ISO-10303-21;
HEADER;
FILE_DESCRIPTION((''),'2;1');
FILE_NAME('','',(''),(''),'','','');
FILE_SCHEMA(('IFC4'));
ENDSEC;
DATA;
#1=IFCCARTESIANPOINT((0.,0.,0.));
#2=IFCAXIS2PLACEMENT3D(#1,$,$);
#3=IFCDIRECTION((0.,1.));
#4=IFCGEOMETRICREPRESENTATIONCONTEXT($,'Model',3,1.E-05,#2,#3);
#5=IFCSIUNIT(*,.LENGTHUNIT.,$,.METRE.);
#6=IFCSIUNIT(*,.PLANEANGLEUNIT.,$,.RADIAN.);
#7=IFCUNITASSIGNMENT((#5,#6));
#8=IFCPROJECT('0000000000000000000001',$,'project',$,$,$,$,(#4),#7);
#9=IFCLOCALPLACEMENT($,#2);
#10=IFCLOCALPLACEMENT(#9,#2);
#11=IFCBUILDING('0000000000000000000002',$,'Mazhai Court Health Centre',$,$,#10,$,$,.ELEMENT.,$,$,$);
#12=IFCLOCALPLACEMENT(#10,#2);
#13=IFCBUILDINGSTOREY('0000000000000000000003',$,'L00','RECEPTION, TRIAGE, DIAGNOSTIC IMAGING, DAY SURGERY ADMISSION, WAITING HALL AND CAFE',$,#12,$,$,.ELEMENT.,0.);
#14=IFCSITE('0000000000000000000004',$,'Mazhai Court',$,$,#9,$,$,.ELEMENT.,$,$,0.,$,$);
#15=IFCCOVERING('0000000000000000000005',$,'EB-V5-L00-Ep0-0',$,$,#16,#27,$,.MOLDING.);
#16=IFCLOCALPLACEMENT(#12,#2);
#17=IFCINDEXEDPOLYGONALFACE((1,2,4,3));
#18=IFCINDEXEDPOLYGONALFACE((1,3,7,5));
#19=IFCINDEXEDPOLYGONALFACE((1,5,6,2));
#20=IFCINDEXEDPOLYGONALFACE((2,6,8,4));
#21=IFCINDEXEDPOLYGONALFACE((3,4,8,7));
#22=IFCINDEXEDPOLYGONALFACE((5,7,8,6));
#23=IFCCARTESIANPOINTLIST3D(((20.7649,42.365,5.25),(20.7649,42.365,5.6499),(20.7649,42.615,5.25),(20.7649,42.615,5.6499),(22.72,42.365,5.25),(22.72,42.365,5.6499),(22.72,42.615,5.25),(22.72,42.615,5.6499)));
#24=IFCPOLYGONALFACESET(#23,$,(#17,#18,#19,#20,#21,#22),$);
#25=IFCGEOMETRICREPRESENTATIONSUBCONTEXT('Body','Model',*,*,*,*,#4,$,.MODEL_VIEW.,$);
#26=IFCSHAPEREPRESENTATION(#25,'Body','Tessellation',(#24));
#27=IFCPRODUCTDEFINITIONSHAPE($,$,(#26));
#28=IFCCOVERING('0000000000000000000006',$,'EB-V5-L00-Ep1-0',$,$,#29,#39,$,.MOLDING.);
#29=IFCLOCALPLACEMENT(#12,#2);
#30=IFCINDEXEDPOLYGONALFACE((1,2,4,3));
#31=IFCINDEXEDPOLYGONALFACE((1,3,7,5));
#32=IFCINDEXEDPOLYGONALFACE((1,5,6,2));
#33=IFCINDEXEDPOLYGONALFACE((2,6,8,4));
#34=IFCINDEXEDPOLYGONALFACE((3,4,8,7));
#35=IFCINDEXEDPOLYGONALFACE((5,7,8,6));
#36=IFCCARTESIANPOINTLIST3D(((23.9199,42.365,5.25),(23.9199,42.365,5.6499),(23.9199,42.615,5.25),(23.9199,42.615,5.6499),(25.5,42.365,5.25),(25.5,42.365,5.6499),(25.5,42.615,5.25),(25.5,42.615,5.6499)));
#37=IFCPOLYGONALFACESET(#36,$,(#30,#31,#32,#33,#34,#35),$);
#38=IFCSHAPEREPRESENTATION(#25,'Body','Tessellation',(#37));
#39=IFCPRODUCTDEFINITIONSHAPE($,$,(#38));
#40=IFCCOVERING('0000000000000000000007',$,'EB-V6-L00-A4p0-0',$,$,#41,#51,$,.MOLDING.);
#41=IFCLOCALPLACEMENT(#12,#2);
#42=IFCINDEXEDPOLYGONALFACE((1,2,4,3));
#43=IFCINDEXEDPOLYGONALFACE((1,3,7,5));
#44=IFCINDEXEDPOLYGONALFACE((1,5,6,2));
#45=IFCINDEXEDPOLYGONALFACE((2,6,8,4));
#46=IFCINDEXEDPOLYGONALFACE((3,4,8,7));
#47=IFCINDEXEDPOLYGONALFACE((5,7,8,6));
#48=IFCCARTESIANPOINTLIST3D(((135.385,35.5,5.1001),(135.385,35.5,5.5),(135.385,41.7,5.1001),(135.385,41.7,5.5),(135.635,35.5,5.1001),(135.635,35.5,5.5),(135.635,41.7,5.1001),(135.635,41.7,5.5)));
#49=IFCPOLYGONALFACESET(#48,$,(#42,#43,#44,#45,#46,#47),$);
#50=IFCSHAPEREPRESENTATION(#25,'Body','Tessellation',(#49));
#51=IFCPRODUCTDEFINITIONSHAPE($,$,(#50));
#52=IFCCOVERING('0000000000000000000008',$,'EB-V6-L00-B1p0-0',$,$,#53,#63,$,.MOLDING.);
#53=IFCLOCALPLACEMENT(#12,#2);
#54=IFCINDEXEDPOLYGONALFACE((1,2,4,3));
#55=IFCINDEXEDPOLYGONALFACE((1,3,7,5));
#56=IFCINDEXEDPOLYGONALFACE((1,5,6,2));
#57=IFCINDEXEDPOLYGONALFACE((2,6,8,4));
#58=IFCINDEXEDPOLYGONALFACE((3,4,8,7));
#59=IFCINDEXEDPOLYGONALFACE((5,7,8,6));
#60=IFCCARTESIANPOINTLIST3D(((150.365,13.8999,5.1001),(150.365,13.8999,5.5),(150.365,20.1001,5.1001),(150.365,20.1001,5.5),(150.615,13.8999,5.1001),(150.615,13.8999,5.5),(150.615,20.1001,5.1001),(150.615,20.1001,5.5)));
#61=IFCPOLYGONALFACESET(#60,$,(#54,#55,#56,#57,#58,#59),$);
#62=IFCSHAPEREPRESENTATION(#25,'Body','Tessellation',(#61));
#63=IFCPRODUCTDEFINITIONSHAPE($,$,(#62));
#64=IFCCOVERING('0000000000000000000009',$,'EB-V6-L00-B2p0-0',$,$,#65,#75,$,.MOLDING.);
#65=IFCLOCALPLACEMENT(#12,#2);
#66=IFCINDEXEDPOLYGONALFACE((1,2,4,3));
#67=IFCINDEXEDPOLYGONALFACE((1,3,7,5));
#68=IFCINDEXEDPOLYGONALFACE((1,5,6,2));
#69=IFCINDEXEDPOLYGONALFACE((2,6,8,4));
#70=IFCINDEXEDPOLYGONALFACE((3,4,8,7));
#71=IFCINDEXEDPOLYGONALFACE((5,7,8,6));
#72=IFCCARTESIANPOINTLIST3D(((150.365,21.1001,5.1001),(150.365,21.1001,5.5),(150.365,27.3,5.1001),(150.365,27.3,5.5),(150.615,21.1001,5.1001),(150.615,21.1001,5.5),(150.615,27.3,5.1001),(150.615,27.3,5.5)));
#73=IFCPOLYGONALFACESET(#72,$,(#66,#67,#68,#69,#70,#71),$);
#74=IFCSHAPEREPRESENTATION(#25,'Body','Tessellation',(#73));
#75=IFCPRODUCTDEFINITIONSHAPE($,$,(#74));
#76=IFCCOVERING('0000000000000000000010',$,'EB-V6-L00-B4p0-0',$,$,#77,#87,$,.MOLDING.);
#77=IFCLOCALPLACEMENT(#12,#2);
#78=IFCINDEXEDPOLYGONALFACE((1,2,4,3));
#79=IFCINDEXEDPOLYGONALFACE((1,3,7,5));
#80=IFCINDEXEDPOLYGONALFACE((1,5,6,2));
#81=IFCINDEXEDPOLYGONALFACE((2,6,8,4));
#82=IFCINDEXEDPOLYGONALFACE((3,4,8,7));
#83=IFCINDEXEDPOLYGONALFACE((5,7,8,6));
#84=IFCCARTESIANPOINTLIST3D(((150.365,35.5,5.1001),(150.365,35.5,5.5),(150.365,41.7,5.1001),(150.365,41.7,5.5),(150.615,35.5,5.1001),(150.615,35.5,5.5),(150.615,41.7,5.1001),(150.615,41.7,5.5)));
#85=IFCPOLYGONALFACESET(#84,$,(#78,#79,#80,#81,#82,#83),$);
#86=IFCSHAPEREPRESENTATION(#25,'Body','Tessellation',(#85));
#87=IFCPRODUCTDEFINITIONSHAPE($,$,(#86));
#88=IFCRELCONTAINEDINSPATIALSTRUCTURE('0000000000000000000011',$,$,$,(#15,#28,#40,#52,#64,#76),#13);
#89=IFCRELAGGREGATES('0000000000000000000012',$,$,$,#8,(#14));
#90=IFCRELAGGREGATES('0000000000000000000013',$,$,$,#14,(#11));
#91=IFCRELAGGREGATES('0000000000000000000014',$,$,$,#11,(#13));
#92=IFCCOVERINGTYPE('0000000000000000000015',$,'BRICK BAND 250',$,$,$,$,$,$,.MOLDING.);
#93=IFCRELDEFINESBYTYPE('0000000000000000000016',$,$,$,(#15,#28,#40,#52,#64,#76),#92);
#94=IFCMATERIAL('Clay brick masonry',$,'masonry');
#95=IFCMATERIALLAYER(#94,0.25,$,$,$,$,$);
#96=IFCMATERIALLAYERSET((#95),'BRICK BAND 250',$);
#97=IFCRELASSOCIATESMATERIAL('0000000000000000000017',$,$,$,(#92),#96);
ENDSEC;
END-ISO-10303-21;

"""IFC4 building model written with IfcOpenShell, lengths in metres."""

from ifc_helpers import new_model, si_unit, direction, frame, origin, place, context, subcontext, project, spatial, polyline, outline, extrude, material, layer, layer_set, type_object, element, save


model = new_model("IFC4")

# Units and contexts
model_context = context("Model", 3, precision=1e-05, world=origin(), true_north=direction((0.0, 1.0)))
body_context = subcontext(model_context, "Body", "Model", "MODEL_VIEW")
ifc_project = project(units=[si_unit("LENGTHUNIT", "METRE"), si_unit("PLANEANGLEUNIT", "RADIAN")], contexts=[model_context])

# Site, building, storey
site_placement = place(None, origin())
site = spatial("IfcSite", under=ifc_project, at=site_placement, Name="Mazhai Court", CompositionType="ELEMENT", RefElevation=0.0)
building_placement = place(site_placement, origin())
building = spatial("IfcBuilding", under=site, at=building_placement, Name="Mazhai Court Health Centre", CompositionType="ELEMENT")
storey_placement = place(building_placement, origin())
storey = spatial("IfcBuildingStorey", under=building, at=storey_placement, Name="L00", Description="RECEPTION, TRIAGE, DIAGNOSTIC IMAGING, DAY SURGERY ADMISSION, WAITING HALL AND CAFE", CompositionType="ELEMENT", Elevation=0.0)

# Coverings
ifc_material = material(Name="Clay brick masonry", Category="masonry")
ifc_layer = layer(ifc_material, 0.25)
ifc_layer_set = layer_set([ifc_layer], Name="BRICK BAND 250")
covering_type = type_object("IfcCoveringType", Name="BRICK BAND 250", PredefinedType="MOLDING", material=ifc_layer_set)
covering_1_placement = place(storey_placement, frame((0.0, 0.0, 5.25)))
element("IfcCovering", 1, at=covering_1_placement, inside=storey, type_object=covering_type, Name="EB-V5-L00-Ep0-0", PredefinedType="MOLDING", context=body_context, shape_type="SweptSolid", body=[
    extrude(outline(polyline([(20.7649, 42.365), (22.72, 42.365), (22.72, 42.615), (20.7649, 42.615), (20.7649, 42.365)])), origin(), (0.0, 0.0, 1.0), 0.3999),
])
covering_2_placement = place(storey_placement, frame((0.0, 0.0, 5.25)))
element("IfcCovering", 2, at=covering_2_placement, inside=storey, type_object=covering_type, Name="EB-V5-L00-Ep1-0", PredefinedType="MOLDING", context=body_context, shape_type="SweptSolid", body=[
    extrude(outline(polyline([(23.9199, 42.365), (25.5, 42.365), (25.5, 42.615), (23.9199, 42.615), (23.9199, 42.365)])), origin(), (0.0, 0.0, 1.0), 0.3999),
])
covering_3_placement = place(storey_placement, frame((0.0, 0.0, 5.1001)))
element("IfcCovering", 3, at=covering_3_placement, inside=storey, type_object=covering_type, Name="EB-V6-L00-A4p0-0", PredefinedType="MOLDING", context=body_context, shape_type="SweptSolid", body=[
    extrude(outline(polyline([(135.635, 35.5), (135.635, 41.7), (135.385, 41.7), (135.385, 35.5), (135.635, 35.5)])), origin(), (0.0, 0.0, 1.0), 0.3999),
])
covering_4_placement = place(storey_placement, frame((0.0, 0.0, 5.1001)))
element("IfcCovering", 4, at=covering_4_placement, inside=storey, type_object=covering_type, Name="EB-V6-L00-B1p0-0", PredefinedType="MOLDING", context=body_context, shape_type="SweptSolid", body=[
    extrude(outline(polyline([(150.365, 20.1001), (150.365, 13.8999), (150.615, 13.8999), (150.615, 20.1001), (150.365, 20.1001)])), origin(), (0.0, 0.0, 1.0), 0.3999),
])
covering_5_placement = place(storey_placement, frame((0.0, 0.0, 5.1001)))
element("IfcCovering", 5, at=covering_5_placement, inside=storey, type_object=covering_type, Name="EB-V6-L00-B2p0-0", PredefinedType="MOLDING", context=body_context, shape_type="SweptSolid", body=[
    extrude(outline(polyline([(150.365, 27.3), (150.365, 21.1001), (150.615, 21.1001), (150.615, 27.3), (150.365, 27.3)])), origin(), (0.0, 0.0, 1.0), 0.3999),
])
covering_6_placement = place(storey_placement, frame((0.0, 0.0, 5.1001)))
element("IfcCovering", 6, at=covering_6_placement, inside=storey, type_object=covering_type, Name="EB-V6-L00-B4p0-0", PredefinedType="MOLDING", context=body_context, shape_type="SweptSolid", body=[
    extrude(outline(polyline([(150.365, 41.7), (150.365, 35.5), (150.615, 35.5), (150.615, 41.7), (150.365, 41.7)])), origin(), (0.0, 0.0, 1.0), 0.3999),
])

save(model, "model.ifc")
